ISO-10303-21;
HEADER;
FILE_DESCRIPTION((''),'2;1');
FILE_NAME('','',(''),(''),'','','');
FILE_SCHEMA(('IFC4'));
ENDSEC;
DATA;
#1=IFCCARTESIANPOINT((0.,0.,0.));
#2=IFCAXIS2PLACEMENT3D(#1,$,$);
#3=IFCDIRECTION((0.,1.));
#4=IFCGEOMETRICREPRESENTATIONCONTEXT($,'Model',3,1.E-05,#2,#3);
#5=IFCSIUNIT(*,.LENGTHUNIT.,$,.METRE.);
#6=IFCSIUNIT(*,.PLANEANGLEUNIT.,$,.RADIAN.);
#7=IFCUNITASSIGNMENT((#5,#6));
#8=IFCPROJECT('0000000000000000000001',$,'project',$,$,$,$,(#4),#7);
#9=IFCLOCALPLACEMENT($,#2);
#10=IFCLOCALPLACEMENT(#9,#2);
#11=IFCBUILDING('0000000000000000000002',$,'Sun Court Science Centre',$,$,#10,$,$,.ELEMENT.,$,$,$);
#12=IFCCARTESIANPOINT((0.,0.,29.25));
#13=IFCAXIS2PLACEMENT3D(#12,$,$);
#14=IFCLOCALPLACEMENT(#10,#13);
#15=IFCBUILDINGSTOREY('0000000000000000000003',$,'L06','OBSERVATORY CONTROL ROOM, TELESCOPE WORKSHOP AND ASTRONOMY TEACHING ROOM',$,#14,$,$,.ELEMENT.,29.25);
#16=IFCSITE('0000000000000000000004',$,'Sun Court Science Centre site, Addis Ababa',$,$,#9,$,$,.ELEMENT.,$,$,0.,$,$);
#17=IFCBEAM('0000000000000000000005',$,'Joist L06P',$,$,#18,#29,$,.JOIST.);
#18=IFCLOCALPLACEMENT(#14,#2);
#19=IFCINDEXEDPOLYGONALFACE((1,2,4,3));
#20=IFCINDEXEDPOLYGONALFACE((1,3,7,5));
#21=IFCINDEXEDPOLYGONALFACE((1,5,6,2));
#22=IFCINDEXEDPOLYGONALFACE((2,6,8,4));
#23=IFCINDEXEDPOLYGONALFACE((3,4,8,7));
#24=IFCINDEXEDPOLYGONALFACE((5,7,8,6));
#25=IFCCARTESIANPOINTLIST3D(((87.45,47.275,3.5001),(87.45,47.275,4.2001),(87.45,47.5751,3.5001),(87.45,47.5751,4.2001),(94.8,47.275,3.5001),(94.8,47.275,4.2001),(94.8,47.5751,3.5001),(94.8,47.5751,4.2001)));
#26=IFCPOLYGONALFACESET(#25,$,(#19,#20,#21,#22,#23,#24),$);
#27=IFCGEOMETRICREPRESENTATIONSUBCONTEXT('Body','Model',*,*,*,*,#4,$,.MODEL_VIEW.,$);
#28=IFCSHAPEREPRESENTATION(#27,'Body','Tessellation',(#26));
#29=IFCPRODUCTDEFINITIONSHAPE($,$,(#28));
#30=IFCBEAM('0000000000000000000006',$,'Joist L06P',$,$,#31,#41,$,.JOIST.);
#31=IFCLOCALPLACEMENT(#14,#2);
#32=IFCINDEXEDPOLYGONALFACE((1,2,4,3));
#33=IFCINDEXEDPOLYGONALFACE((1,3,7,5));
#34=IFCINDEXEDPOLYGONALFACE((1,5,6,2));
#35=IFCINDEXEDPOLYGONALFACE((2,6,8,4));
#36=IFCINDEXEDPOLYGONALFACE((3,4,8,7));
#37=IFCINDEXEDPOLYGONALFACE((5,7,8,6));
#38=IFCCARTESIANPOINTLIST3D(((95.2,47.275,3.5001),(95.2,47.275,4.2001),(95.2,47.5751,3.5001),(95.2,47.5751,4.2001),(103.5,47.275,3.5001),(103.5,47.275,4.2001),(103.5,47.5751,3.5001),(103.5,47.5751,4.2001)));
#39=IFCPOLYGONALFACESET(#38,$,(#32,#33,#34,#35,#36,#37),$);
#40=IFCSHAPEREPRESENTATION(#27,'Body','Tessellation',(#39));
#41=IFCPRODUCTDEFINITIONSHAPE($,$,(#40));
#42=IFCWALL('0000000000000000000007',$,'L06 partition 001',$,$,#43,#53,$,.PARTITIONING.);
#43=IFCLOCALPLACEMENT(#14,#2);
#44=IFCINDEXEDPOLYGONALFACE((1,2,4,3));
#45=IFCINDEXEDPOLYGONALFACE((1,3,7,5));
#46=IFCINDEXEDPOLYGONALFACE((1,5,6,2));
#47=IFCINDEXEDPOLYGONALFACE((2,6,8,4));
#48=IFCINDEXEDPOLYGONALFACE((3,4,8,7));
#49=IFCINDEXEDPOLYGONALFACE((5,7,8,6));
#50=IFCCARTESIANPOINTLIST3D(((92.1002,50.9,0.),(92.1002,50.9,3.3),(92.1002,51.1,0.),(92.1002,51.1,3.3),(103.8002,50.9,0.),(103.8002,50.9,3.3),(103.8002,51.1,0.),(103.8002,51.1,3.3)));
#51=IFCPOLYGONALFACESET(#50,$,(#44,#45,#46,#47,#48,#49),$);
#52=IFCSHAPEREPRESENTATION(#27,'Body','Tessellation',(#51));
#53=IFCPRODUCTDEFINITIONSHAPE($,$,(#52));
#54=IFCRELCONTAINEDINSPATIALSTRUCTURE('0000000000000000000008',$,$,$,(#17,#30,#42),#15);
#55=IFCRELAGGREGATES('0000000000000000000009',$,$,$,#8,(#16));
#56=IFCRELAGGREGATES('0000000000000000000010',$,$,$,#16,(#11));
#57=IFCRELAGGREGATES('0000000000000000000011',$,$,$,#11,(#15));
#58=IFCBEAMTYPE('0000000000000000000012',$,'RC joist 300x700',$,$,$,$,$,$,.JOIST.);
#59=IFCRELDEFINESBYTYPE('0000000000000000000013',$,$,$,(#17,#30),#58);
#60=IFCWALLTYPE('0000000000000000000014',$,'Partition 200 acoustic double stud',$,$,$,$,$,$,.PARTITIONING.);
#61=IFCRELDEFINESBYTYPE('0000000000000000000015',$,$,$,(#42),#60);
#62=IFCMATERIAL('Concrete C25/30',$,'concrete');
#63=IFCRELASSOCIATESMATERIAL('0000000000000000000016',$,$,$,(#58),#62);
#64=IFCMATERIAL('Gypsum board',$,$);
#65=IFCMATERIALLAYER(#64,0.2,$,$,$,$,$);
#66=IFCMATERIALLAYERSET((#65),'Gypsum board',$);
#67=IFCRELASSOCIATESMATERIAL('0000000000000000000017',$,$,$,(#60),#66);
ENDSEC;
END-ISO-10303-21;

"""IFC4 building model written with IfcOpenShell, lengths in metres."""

from ifc_helpers import new_model, si_unit, direction, frame, frame_2d, origin, origin_2d, place, context, subcontext, project, spatial, rectangle, extrude, material, layer, layer_set, material_profile, profile_set, type_object, element, save


model = new_model("IFC4")

# Units and contexts
model_context = context("Model", 3, precision=1e-05, world=origin(), true_north=direction((0.0, 1.0)))
body_context = subcontext(model_context, "Body", "Model", "MODEL_VIEW")
ifc_project = project(units=[si_unit("LENGTHUNIT", "METRE"), si_unit("PLANEANGLEUNIT", "RADIAN")], contexts=[model_context])

# Site, building, storey
site_placement = place(None, origin())
site = spatial("IfcSite", under=ifc_project, at=site_placement, Name="Sun Court Science Centre site, Addis Ababa", CompositionType="ELEMENT", RefElevation=0.0)
building_placement = place(site_placement, origin())
building = spatial("IfcBuilding", under=site, at=building_placement, Name="Sun Court Science Centre", CompositionType="ELEMENT")
storey_placement = place(building_placement, frame((0.0, 0.0, 29.25)))
storey = spatial("IfcBuildingStorey", under=building, at=storey_placement, Name="L06", Description="OBSERVATORY CONTROL ROOM, TELESCOPE WORKSHOP AND ASTRONOMY TEACHING ROOM", CompositionType="ELEMENT", Elevation=29.25)

# Beams
ifc_material_1 = material(Name="Concrete C25/30", Category="concrete")
ifc_material_profile_1 = material_profile(ifc_material_1, rectangle(XDim=0.3, YDim=0.7, at=origin_2d()), Name="RC 300x700")
ifc_profile_set_1 = profile_set([ifc_material_profile_1], Name="Concrete C25/30")
beam_type_1 = type_object("IfcBeamType", Name="RC joist 300x700", PredefinedType="JOIST", material=ifc_profile_set_1)
beam_1_placement = place(storey_placement, frame((87.45, 47.425, 3.8501), z_axis=(1.0, 0.0, 0.0), x_axis=(0.0, 1.0, 0.0)))
element("IfcBeam", 1, at=beam_1_placement, inside=storey, type_object=beam_type_1, Name="Joist L06P", PredefinedType="JOIST", context=body_context, shape_type="SweptSolid", body=[
    extrude(rectangle(XDim=0.3, YDim=0.7, at=origin_2d()), origin(), (0.0, 0.0, 1.0), 7.3501),
])
beam_2_placement = place(storey_placement, frame((95.2, 47.425, 3.8501), z_axis=(1.0, 0.0, 0.0), x_axis=(0.0, 1.0, 0.0)))
element("IfcBeam", 2, at=beam_2_placement, inside=storey, type_object=beam_type_1, Name="Joist L06P", PredefinedType="JOIST", context=body_context, shape_type="SweptSolid", body=[
    extrude(rectangle(XDim=0.3, YDim=0.7, at=origin_2d()), origin(), (0.0, 0.0, 1.0), 8.3),
])

# Wall
ifc_material_2 = material(Name="Gypsum board")
ifc_layer = layer(ifc_material_2, 0.2)
ifc_layer_set = layer_set([ifc_layer], Name="Gypsum board")
wall_type = type_object("IfcWallType", Name="Partition 200 acoustic double stud", PredefinedType="PARTITIONING", material=ifc_layer_set)
wall_placement = place(storey_placement, frame((92.1001, 51.0, 0.0), z_axis=(0.0, 0.0, 1.0), x_axis=(1.0, 0.0, 0.0)))
element("IfcWall", 3, at=wall_placement, inside=storey, type_object=wall_type, Name="L06 partition 001", PredefinedType="PARTITIONING", context=body_context, shape_type="SweptSolid", body=[
    extrude(rectangle(XDim=11.7, YDim=0.2, at=frame_2d((5.8501, 0.0))), origin(), (0.0, 0.0, 1.0), 3.3),
])

save(model, "model.ifc")
